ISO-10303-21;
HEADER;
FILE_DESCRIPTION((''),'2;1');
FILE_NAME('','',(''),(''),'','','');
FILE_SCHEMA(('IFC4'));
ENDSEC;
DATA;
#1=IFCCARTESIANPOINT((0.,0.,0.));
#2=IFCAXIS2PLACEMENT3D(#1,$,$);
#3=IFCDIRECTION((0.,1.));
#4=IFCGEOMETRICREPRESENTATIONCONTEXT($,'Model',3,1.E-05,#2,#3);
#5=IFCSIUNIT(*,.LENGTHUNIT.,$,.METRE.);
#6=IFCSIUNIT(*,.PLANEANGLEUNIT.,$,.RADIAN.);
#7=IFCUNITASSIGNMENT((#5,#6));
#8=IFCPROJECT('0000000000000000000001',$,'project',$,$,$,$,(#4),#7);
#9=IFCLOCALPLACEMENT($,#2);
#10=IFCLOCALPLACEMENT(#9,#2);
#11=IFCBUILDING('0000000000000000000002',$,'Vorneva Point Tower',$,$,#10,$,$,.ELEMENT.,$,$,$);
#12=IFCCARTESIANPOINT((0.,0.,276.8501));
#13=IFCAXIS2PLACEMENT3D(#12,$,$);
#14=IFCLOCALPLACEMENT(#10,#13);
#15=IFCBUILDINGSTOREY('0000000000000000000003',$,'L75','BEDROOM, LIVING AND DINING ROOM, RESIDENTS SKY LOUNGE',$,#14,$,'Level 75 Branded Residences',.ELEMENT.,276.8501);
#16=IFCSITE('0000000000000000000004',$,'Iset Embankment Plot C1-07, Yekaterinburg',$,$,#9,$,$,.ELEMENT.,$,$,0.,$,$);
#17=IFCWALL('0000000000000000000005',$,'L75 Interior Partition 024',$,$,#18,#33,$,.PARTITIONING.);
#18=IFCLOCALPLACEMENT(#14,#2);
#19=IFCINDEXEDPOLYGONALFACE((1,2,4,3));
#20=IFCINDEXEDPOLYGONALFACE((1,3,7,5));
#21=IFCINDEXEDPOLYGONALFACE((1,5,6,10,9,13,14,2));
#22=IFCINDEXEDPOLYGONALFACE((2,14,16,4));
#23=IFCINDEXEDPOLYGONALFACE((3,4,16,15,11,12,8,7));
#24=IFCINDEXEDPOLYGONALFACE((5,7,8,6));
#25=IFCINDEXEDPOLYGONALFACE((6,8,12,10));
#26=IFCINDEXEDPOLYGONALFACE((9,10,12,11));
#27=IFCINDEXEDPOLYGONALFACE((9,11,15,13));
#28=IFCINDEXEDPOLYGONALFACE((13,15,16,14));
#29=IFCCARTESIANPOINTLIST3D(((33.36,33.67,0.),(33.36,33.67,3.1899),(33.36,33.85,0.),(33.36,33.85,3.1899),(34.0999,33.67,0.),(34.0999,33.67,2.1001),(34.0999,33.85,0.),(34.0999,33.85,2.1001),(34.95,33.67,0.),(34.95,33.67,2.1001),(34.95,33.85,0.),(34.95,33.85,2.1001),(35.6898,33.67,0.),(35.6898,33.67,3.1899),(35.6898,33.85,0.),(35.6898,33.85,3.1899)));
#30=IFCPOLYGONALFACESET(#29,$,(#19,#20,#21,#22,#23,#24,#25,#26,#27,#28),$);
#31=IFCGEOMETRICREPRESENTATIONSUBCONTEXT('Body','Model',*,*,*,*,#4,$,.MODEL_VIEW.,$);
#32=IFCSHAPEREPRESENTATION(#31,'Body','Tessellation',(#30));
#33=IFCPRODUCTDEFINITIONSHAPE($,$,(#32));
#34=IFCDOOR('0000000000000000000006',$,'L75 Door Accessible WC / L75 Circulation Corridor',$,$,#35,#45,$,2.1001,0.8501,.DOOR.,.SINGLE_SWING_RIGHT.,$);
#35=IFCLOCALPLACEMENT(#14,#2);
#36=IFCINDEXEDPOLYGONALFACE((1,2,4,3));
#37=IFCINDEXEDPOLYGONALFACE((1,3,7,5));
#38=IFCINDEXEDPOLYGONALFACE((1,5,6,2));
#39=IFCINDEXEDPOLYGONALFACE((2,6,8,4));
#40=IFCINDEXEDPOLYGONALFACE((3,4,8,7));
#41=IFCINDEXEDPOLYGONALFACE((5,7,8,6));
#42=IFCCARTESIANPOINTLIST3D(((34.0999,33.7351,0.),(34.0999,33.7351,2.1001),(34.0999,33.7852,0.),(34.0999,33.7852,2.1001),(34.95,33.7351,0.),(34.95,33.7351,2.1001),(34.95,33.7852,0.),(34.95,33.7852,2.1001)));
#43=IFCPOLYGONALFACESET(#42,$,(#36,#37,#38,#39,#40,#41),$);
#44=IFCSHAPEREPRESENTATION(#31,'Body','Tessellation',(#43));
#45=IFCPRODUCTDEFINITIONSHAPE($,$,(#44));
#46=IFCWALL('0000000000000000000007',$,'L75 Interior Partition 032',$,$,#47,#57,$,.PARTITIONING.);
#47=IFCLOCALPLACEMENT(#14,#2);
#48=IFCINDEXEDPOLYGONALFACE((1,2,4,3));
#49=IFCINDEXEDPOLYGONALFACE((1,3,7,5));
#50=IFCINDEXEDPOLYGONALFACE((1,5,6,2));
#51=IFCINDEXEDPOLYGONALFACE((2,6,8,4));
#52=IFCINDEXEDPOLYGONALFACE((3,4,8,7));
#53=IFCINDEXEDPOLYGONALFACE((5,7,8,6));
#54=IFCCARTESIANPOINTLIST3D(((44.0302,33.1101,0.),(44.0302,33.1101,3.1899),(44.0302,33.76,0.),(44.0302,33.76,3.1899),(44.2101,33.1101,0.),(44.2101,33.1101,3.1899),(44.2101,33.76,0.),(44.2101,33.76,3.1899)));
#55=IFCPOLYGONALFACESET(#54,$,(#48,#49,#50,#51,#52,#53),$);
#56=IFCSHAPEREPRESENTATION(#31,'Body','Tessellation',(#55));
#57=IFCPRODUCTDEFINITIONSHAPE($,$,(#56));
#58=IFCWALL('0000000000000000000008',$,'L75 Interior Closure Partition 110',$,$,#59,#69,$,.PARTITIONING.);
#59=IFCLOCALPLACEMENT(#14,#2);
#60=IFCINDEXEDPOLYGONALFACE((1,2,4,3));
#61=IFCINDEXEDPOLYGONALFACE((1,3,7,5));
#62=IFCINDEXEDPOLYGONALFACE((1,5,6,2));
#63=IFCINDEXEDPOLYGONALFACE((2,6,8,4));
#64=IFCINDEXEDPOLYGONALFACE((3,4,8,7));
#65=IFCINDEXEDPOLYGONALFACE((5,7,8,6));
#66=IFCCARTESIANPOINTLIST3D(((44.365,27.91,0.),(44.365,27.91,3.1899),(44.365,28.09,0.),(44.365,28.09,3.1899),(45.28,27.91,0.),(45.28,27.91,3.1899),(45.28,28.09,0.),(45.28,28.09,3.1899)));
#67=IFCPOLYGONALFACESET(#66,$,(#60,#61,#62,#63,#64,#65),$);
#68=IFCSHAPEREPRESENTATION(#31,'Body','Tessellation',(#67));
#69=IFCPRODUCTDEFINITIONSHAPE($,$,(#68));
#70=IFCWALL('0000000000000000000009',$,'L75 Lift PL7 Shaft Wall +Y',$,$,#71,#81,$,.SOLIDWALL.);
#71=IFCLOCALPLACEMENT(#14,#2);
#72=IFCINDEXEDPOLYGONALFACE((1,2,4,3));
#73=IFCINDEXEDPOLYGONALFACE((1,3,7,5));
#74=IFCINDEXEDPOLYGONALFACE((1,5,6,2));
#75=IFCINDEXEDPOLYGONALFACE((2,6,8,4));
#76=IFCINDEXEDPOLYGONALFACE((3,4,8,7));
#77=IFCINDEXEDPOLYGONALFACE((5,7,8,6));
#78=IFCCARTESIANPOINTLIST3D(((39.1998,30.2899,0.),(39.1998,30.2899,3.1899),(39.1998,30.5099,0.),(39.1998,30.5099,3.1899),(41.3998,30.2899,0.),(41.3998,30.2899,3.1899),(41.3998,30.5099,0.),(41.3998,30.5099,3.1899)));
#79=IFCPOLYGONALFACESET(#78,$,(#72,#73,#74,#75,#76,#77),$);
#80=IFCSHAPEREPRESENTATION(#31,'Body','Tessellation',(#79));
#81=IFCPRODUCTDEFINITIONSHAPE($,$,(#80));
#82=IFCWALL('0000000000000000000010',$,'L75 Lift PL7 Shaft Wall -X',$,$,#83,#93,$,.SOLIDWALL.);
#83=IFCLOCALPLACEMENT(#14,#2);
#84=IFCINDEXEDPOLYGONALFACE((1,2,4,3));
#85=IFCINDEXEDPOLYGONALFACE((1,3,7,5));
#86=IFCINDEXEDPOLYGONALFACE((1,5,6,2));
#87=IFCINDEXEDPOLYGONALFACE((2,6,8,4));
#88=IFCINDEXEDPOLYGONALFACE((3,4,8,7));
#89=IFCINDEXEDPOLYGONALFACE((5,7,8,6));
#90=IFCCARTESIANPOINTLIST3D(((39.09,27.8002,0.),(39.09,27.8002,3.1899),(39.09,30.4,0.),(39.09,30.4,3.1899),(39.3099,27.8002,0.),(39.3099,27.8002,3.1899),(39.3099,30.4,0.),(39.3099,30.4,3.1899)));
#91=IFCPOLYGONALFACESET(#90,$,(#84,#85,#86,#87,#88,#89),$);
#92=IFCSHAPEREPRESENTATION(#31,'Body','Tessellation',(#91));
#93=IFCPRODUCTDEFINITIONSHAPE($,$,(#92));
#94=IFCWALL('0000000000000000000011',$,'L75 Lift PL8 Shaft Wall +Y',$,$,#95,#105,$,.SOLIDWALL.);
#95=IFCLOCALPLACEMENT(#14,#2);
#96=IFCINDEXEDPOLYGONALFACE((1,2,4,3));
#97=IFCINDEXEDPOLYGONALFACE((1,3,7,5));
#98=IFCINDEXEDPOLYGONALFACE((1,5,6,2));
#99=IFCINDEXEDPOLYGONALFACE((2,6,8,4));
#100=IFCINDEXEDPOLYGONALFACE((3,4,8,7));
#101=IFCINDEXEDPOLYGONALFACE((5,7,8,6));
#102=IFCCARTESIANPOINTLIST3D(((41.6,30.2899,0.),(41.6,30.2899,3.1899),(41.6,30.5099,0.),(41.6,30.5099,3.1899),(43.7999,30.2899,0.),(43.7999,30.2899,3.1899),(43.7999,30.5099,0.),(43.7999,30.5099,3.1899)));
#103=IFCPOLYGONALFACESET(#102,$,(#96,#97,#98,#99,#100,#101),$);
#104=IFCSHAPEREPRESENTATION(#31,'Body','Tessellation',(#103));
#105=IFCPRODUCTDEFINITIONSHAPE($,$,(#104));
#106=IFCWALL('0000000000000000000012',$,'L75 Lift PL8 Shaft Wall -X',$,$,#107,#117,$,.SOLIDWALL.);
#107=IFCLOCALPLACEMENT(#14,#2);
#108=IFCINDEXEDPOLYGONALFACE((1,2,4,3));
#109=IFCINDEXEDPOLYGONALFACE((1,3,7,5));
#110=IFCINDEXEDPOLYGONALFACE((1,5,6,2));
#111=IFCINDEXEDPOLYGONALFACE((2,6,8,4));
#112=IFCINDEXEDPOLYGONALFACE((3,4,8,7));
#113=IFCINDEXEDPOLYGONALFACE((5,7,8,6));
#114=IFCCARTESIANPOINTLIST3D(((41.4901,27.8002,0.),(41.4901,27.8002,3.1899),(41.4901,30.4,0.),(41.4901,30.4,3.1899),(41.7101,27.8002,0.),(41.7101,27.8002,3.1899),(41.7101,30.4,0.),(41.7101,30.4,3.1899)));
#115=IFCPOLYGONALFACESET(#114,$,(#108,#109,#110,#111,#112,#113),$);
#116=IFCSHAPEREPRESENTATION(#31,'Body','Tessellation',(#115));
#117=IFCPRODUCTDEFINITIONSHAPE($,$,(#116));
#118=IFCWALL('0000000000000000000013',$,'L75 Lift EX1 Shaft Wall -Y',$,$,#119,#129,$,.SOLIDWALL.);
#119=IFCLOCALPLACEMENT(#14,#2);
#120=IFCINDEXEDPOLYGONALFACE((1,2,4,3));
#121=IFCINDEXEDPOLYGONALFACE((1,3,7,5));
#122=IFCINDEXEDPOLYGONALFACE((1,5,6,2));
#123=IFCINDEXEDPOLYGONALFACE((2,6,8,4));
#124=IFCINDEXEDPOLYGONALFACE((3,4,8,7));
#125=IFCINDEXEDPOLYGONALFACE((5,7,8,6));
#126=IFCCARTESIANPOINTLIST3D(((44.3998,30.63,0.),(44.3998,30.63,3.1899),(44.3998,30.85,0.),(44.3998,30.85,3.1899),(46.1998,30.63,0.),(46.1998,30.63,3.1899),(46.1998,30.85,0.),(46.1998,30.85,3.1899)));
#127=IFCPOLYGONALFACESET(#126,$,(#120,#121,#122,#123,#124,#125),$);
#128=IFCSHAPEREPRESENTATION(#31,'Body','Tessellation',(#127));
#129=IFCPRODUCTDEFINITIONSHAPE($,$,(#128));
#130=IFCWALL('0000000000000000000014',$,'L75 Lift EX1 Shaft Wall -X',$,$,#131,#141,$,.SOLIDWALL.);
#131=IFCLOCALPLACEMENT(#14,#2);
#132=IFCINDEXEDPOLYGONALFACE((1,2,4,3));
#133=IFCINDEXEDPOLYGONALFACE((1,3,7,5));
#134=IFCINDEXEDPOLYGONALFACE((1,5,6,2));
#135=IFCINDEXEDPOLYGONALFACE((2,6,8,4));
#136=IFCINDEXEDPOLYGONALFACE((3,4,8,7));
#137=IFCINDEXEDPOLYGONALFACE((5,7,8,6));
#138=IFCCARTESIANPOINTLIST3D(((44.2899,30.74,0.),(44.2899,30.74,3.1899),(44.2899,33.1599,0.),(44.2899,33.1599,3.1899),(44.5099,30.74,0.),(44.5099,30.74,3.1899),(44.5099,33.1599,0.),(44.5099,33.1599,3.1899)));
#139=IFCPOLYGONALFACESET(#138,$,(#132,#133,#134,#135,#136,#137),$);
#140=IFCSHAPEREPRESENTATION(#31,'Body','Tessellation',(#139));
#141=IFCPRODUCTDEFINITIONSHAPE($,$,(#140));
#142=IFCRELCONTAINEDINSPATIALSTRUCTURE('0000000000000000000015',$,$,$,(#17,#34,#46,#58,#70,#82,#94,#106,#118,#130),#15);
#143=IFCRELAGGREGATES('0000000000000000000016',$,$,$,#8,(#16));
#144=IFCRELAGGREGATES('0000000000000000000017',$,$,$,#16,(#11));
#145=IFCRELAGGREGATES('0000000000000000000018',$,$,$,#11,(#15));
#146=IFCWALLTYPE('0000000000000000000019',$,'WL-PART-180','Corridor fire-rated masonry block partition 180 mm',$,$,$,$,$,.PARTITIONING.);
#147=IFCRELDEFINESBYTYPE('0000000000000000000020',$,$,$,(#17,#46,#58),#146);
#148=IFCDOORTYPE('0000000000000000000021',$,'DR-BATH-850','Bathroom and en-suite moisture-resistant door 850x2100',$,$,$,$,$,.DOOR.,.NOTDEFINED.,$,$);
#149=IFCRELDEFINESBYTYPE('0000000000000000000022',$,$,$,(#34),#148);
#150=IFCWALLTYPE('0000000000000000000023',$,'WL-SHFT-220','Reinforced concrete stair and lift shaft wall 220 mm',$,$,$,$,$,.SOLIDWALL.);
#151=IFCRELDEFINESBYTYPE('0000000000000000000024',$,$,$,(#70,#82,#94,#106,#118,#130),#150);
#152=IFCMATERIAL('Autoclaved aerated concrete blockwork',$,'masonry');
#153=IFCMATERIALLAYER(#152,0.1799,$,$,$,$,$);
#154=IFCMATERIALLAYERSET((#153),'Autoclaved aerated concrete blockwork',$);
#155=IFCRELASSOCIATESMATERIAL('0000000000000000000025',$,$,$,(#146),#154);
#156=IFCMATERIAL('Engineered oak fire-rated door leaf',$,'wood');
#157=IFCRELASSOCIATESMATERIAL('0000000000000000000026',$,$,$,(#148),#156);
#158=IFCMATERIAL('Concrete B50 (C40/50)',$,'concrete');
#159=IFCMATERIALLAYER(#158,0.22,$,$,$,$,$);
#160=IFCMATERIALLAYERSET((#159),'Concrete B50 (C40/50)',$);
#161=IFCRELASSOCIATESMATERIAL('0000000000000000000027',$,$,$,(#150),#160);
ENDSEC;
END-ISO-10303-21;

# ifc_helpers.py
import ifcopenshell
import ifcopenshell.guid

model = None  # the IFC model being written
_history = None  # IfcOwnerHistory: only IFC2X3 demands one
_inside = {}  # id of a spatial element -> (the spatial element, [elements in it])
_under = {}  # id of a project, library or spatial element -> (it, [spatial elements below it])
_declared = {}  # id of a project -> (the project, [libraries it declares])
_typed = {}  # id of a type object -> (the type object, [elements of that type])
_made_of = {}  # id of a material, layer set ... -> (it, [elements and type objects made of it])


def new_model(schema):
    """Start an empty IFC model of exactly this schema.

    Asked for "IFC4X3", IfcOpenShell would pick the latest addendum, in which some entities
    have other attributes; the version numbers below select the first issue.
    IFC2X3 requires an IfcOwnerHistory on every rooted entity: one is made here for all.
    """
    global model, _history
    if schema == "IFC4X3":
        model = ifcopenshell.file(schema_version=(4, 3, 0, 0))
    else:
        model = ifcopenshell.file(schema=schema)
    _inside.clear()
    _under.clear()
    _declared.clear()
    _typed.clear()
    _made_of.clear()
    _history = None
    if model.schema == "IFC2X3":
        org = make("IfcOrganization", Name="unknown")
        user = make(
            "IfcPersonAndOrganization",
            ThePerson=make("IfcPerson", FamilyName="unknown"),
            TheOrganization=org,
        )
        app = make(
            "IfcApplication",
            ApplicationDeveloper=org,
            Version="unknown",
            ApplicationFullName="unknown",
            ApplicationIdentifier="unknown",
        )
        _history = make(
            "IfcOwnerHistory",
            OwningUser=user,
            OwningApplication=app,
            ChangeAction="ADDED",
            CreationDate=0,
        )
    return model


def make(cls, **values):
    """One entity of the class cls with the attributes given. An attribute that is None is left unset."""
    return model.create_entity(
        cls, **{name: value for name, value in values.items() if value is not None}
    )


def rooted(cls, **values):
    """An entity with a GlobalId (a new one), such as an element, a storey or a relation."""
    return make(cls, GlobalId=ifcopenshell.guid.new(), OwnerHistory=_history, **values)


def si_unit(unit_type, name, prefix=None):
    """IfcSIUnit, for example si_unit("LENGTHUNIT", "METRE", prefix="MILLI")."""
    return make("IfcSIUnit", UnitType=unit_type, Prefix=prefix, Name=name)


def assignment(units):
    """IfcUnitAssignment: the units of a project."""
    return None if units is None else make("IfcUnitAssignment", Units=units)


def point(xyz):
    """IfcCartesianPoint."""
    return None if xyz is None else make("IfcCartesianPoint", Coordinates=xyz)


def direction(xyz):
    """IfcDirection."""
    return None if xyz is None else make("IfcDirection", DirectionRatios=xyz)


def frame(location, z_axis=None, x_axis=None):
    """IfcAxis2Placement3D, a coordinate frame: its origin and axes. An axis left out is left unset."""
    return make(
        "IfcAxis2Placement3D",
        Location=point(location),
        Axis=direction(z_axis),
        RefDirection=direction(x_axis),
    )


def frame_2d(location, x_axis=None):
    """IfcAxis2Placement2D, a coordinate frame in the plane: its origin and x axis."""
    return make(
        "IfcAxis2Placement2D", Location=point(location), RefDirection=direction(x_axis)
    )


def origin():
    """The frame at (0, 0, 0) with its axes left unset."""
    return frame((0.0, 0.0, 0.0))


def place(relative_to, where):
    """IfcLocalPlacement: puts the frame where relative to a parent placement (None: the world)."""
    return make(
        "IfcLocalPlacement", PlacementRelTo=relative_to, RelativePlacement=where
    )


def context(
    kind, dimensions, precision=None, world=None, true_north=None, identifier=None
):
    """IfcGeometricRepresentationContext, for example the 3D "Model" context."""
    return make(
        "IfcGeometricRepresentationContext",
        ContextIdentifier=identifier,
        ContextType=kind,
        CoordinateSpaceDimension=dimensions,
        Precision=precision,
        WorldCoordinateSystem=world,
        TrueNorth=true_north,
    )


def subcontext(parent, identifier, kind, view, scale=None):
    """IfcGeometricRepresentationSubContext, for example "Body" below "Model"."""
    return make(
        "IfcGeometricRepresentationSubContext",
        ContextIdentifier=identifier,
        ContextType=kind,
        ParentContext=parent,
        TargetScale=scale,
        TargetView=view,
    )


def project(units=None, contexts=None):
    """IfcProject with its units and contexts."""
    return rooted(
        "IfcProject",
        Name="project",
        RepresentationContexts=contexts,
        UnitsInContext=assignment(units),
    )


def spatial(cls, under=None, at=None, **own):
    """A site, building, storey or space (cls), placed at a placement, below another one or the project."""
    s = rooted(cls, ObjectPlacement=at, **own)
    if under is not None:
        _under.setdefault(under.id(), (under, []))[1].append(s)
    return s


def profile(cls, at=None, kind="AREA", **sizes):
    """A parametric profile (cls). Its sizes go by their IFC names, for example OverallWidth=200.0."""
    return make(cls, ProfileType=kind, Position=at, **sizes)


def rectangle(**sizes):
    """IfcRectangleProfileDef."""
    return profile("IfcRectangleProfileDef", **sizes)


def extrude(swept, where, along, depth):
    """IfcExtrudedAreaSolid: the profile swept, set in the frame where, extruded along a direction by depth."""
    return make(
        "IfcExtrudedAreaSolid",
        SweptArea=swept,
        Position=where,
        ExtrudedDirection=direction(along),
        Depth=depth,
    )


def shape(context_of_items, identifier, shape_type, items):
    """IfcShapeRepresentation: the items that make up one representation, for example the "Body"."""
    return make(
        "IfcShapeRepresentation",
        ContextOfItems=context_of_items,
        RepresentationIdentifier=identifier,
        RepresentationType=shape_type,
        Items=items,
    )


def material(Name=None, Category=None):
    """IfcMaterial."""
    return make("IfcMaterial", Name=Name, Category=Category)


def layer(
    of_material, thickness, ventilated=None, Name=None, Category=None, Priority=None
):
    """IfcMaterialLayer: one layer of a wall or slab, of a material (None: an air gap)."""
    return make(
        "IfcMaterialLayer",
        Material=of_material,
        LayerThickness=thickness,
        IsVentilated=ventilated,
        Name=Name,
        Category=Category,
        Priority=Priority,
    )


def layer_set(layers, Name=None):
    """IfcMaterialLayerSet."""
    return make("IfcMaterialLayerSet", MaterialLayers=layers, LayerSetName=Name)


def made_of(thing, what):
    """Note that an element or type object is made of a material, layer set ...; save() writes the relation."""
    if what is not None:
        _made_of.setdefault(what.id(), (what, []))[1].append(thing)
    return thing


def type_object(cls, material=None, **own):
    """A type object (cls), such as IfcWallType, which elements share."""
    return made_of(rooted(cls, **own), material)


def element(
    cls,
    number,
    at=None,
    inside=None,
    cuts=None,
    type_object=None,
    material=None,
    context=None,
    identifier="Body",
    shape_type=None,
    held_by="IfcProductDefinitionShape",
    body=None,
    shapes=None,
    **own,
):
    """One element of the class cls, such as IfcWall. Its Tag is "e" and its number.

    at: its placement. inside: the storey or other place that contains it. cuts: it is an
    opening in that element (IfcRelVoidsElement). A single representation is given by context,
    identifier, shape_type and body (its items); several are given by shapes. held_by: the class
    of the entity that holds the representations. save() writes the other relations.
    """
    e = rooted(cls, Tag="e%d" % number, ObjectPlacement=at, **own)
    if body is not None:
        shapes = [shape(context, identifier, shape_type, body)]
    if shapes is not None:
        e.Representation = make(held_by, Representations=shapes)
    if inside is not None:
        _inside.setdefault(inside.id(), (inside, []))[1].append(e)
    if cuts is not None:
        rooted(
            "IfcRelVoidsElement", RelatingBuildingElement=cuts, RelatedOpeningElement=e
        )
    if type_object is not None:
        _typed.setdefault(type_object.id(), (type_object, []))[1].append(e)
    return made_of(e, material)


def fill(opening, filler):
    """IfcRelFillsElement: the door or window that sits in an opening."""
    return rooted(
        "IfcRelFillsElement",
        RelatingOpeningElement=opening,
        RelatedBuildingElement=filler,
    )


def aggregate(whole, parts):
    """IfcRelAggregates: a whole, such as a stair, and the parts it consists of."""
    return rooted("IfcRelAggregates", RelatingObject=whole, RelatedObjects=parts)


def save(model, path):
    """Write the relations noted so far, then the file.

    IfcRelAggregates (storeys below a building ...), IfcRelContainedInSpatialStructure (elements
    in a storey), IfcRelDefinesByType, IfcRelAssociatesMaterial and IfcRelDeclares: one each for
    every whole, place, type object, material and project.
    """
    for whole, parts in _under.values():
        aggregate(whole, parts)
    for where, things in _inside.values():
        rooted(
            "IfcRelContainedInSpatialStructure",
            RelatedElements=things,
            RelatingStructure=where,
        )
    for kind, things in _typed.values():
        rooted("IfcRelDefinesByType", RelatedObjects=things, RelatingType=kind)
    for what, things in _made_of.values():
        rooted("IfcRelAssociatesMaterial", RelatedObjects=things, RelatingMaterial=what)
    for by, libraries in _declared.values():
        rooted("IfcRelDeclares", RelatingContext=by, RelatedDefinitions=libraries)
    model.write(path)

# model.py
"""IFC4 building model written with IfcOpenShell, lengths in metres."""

from ifc_helpers import new_model, si_unit, direction, frame, frame_2d, origin, place, context, subcontext, project, spatial, rectangle, extrude, material, layer, layer_set, type_object, element, fill, save


model = new_model("IFC4")

# Units and contexts
model_context = context("Model", 3, precision=1e-05, world=origin(), true_north=direction((0.0, 1.0)))
body_context = subcontext(model_context, "Body", "Model", "MODEL_VIEW")
ifc_project = project(units=[si_unit("LENGTHUNIT", "METRE"), si_unit("PLANEANGLEUNIT", "RADIAN")], contexts=[model_context])

# Site, building, storey
site_placement = place(None, origin())
site = spatial("IfcSite", under=ifc_project, at=site_placement, Name="Iset Embankment Plot C1-07, Yekaterinburg", CompositionType="ELEMENT", RefElevation=0.0)
building_placement = place(site_placement, origin())
building = spatial("IfcBuilding", under=site, at=building_placement, Name="Vorneva Point Tower", CompositionType="ELEMENT")
storey_placement = place(building_placement, frame((0.0, 0.0, 276.8501)))
storey = spatial("IfcBuildingStorey", under=building, at=storey_placement, Name="L75", Description="BEDROOM, LIVING AND DINING ROOM, RESIDENTS SKY LOUNGE", LongName="Level 75 Branded Residences", CompositionType="ELEMENT", Elevation=276.8501)

# Shared definitions
ifc_material_1 = material(Name="Concrete B50 (C40/50)", Category="concrete")

# Wall, opening, door
ifc_material_2 = material(Name="Autoclaved aerated concrete blockwork", Category="masonry")
ifc_layer_1 = layer(ifc_material_2, 0.1799)
ifc_layer_set_1 = layer_set([ifc_layer_1], Name="Autoclaved aerated concrete blockwork")
wall_type_1 = type_object("IfcWallType", Name="WL-PART-180", Description="Corridor fire-rated masonry block partition 180 mm", PredefinedType="PARTITIONING", material=ifc_layer_set_1)
wall_1_placement = place(storey_placement, frame((35.6899, 33.76, 0.0), z_axis=(0.0, 0.0, 1.0), x_axis=(-1.0, 0.0, 0.0)))
wall_1 = element("IfcWall", 1, at=wall_1_placement, inside=storey, type_object=wall_type_1, Name="L75 Interior Partition 024", PredefinedType="PARTITIONING", context=body_context, shape_type="SweptSolid", body=[
    extrude(rectangle(XDim=2.3298, YDim=0.1799, at=frame_2d((1.165, 0.0))), origin(), (0.0, 0.0, 1.0), 3.1899),
])
opening_1_placement = place(wall_1_placement, frame((0.74, 0.0, 0.0)))
opening_1 = element("IfcOpeningElement", 2, at=opening_1_placement, cuts=wall_1, PredefinedType="OPENING", context=body_context, shape_type="SweptSolid", body=[
    extrude(rectangle(XDim=0.8501, YDim=2.1001, at=frame_2d((0.425, 1.05))), frame((0.0, 0.105, 0.0), z_axis=(0.0, -1.0, 0.0), x_axis=(1.0, 0.0, 0.0)), (0.0, 0.0, 1.0), 0.2097),
])
ifc_material_3 = material(Name="Engineered oak fire-rated door leaf", Category="wood")
door_type_1 = type_object("IfcDoorType", Name="DR-BATH-850", Description="Bathroom and en-suite moisture-resistant door 850x2100", OperationType="NOTDEFINED", PredefinedType="DOOR", material=ifc_material_3)
door_1_placement = place(opening_1_placement, origin())
door_1 = element("IfcDoor", 3, at=door_1_placement, inside=storey, type_object=door_type_1, Name="L75 Door Accessible WC / L75 Circulation Corridor", OperationType="SINGLE_SWING_RIGHT", OverallHeight=2.1001, OverallWidth=0.8501, PredefinedType="DOOR", context=body_context, shape_type="SweptSolid", body=[
    extrude(rectangle(XDim=0.8501, YDim=2.1001, at=frame_2d((0.425, 1.05))), frame((0.0, 0.0249, 0.0), z_axis=(0.0, -1.0, 0.0), x_axis=(1.0, 0.0, 0.0)), (0.0, 0.0, 1.0), 0.05),
])
fill(opening_1, door_1)

# Walls
wall_2_placement = place(storey_placement, frame((44.1201, 33.1101, 0.0), z_axis=(0.0, 0.0, 1.0), x_axis=(0.0, 1.0, 0.0)))
element("IfcWall", 4, at=wall_2_placement, inside=storey, type_object=wall_type_1, Name="L75 Interior Partition 032", PredefinedType="PARTITIONING", context=body_context, shape_type="SweptSolid", body=[
    extrude(rectangle(XDim=0.6499, YDim=0.1799, at=frame_2d((0.325, 0.0))), origin(), (0.0, 0.0, 1.0), 3.1899),
])
wall_3_placement = place(storey_placement, frame((45.28, 28.0, 0.0), z_axis=(0.0, 0.0, 1.0), x_axis=(-1.0, 0.0, 0.0)))
element("IfcWall", 5, at=wall_3_placement, inside=storey, type_object=wall_type_1, Name="L75 Interior Closure Partition 110", PredefinedType="PARTITIONING", context=body_context, shape_type="SweptSolid", body=[
    extrude(rectangle(XDim=0.915, YDim=0.1799, at=frame_2d((0.4575, 0.0))), origin(), (0.0, 0.0, 1.0), 3.1899),
])
ifc_layer_2 = layer(ifc_material_1, 0.22)
ifc_layer_set_2 = layer_set([ifc_layer_2], Name="Concrete B50 (C40/50)")
wall_type_2 = type_object("IfcWallType", Name="WL-SHFT-220", Description="Reinforced concrete stair and lift shaft wall 220 mm", PredefinedType="SOLIDWALL", material=ifc_layer_set_2)
wall_4_placement = place(storey_placement, frame((41.3999, 30.3999, 0.0), z_axis=(0.0, 0.0, 1.0), x_axis=(-1.0, 0.0, 0.0)))
element("IfcWall", 6, at=wall_4_placement, inside=storey, type_object=wall_type_2, Name="L75 Lift PL7 Shaft Wall +Y", PredefinedType="SOLIDWALL", context=body_context, shape_type="SweptSolid", body=[
    extrude(rectangle(XDim=2.2, YDim=0.22, at=frame_2d((1.1001, 0.0))), origin(), (0.0, 0.0, 1.0), 3.1899),
])
wall_5_placement = place(storey_placement, frame((39.2, 30.3999, 0.0), z_axis=(0.0, 0.0, 1.0), x_axis=(0.0, -1.0, 0.0)))
element("IfcWall", 7, at=wall_5_placement, inside=storey, type_object=wall_type_2, Name="L75 Lift PL7 Shaft Wall -X", PredefinedType="SOLIDWALL", context=body_context, shape_type="SweptSolid", body=[
    extrude(rectangle(XDim=2.5999, YDim=0.22, at=frame_2d((1.2998, 0.0))), origin(), (0.0, 0.0, 1.0), 3.1899),
])
wall_6_placement = place(storey_placement, frame((43.8, 30.3999, 0.0), z_axis=(0.0, 0.0, 1.0), x_axis=(-1.0, 0.0, 0.0)))
element("IfcWall", 8, at=wall_6_placement, inside=storey, type_object=wall_type_2, Name="L75 Lift PL8 Shaft Wall +Y", PredefinedType="SOLIDWALL", context=body_context, shape_type="SweptSolid", body=[
    extrude(rectangle(XDim=2.2, YDim=0.22, at=frame_2d((1.1001, 0.0))), origin(), (0.0, 0.0, 1.0), 3.1899),
])
wall_7_placement = place(storey_placement, frame((41.6001, 30.3999, 0.0), z_axis=(0.0, 0.0, 1.0), x_axis=(0.0, -1.0, 0.0)))
element("IfcWall", 9, at=wall_7_placement, inside=storey, type_object=wall_type_2, Name="L75 Lift PL8 Shaft Wall -X", PredefinedType="SOLIDWALL", context=body_context, shape_type="SweptSolid", body=[
    extrude(rectangle(XDim=2.5999, YDim=0.22, at=frame_2d((1.2998, 0.0))), origin(), (0.0, 0.0, 1.0), 3.1899),
])
wall_8_placement = place(storey_placement, frame((44.3999, 30.74, 0.0), z_axis=(0.0, 0.0, 1.0), x_axis=(1.0, 0.0, 0.0)))
element("IfcWall", 10, at=wall_8_placement, inside=storey, type_object=wall_type_2, Name="L75 Lift EX1 Shaft Wall -Y", PredefinedType="SOLIDWALL", context=body_context, shape_type="SweptSolid", body=[
    extrude(rectangle(XDim=1.8, YDim=0.22, at=frame_2d((0.8999, 0.0))), origin(), (0.0, 0.0, 1.0), 3.1899),
])
wall_9_placement = place(storey_placement, frame((44.3999, 33.1599, 0.0), z_axis=(0.0, 0.0, 1.0), x_axis=(0.0, -1.0, 0.0)))
element("IfcWall", 11, at=wall_9_placement, inside=storey, type_object=wall_type_2, Name="L75 Lift EX1 Shaft Wall -X", PredefinedType="SOLIDWALL", context=body_context, shape_type="SweptSolid", body=[
    extrude(rectangle(XDim=2.4199, YDim=0.22, at=frame_2d((1.21, 0.0))), origin(), (0.0, 0.0, 1.0), 3.1899),
])

save(model, "model.ifc")
